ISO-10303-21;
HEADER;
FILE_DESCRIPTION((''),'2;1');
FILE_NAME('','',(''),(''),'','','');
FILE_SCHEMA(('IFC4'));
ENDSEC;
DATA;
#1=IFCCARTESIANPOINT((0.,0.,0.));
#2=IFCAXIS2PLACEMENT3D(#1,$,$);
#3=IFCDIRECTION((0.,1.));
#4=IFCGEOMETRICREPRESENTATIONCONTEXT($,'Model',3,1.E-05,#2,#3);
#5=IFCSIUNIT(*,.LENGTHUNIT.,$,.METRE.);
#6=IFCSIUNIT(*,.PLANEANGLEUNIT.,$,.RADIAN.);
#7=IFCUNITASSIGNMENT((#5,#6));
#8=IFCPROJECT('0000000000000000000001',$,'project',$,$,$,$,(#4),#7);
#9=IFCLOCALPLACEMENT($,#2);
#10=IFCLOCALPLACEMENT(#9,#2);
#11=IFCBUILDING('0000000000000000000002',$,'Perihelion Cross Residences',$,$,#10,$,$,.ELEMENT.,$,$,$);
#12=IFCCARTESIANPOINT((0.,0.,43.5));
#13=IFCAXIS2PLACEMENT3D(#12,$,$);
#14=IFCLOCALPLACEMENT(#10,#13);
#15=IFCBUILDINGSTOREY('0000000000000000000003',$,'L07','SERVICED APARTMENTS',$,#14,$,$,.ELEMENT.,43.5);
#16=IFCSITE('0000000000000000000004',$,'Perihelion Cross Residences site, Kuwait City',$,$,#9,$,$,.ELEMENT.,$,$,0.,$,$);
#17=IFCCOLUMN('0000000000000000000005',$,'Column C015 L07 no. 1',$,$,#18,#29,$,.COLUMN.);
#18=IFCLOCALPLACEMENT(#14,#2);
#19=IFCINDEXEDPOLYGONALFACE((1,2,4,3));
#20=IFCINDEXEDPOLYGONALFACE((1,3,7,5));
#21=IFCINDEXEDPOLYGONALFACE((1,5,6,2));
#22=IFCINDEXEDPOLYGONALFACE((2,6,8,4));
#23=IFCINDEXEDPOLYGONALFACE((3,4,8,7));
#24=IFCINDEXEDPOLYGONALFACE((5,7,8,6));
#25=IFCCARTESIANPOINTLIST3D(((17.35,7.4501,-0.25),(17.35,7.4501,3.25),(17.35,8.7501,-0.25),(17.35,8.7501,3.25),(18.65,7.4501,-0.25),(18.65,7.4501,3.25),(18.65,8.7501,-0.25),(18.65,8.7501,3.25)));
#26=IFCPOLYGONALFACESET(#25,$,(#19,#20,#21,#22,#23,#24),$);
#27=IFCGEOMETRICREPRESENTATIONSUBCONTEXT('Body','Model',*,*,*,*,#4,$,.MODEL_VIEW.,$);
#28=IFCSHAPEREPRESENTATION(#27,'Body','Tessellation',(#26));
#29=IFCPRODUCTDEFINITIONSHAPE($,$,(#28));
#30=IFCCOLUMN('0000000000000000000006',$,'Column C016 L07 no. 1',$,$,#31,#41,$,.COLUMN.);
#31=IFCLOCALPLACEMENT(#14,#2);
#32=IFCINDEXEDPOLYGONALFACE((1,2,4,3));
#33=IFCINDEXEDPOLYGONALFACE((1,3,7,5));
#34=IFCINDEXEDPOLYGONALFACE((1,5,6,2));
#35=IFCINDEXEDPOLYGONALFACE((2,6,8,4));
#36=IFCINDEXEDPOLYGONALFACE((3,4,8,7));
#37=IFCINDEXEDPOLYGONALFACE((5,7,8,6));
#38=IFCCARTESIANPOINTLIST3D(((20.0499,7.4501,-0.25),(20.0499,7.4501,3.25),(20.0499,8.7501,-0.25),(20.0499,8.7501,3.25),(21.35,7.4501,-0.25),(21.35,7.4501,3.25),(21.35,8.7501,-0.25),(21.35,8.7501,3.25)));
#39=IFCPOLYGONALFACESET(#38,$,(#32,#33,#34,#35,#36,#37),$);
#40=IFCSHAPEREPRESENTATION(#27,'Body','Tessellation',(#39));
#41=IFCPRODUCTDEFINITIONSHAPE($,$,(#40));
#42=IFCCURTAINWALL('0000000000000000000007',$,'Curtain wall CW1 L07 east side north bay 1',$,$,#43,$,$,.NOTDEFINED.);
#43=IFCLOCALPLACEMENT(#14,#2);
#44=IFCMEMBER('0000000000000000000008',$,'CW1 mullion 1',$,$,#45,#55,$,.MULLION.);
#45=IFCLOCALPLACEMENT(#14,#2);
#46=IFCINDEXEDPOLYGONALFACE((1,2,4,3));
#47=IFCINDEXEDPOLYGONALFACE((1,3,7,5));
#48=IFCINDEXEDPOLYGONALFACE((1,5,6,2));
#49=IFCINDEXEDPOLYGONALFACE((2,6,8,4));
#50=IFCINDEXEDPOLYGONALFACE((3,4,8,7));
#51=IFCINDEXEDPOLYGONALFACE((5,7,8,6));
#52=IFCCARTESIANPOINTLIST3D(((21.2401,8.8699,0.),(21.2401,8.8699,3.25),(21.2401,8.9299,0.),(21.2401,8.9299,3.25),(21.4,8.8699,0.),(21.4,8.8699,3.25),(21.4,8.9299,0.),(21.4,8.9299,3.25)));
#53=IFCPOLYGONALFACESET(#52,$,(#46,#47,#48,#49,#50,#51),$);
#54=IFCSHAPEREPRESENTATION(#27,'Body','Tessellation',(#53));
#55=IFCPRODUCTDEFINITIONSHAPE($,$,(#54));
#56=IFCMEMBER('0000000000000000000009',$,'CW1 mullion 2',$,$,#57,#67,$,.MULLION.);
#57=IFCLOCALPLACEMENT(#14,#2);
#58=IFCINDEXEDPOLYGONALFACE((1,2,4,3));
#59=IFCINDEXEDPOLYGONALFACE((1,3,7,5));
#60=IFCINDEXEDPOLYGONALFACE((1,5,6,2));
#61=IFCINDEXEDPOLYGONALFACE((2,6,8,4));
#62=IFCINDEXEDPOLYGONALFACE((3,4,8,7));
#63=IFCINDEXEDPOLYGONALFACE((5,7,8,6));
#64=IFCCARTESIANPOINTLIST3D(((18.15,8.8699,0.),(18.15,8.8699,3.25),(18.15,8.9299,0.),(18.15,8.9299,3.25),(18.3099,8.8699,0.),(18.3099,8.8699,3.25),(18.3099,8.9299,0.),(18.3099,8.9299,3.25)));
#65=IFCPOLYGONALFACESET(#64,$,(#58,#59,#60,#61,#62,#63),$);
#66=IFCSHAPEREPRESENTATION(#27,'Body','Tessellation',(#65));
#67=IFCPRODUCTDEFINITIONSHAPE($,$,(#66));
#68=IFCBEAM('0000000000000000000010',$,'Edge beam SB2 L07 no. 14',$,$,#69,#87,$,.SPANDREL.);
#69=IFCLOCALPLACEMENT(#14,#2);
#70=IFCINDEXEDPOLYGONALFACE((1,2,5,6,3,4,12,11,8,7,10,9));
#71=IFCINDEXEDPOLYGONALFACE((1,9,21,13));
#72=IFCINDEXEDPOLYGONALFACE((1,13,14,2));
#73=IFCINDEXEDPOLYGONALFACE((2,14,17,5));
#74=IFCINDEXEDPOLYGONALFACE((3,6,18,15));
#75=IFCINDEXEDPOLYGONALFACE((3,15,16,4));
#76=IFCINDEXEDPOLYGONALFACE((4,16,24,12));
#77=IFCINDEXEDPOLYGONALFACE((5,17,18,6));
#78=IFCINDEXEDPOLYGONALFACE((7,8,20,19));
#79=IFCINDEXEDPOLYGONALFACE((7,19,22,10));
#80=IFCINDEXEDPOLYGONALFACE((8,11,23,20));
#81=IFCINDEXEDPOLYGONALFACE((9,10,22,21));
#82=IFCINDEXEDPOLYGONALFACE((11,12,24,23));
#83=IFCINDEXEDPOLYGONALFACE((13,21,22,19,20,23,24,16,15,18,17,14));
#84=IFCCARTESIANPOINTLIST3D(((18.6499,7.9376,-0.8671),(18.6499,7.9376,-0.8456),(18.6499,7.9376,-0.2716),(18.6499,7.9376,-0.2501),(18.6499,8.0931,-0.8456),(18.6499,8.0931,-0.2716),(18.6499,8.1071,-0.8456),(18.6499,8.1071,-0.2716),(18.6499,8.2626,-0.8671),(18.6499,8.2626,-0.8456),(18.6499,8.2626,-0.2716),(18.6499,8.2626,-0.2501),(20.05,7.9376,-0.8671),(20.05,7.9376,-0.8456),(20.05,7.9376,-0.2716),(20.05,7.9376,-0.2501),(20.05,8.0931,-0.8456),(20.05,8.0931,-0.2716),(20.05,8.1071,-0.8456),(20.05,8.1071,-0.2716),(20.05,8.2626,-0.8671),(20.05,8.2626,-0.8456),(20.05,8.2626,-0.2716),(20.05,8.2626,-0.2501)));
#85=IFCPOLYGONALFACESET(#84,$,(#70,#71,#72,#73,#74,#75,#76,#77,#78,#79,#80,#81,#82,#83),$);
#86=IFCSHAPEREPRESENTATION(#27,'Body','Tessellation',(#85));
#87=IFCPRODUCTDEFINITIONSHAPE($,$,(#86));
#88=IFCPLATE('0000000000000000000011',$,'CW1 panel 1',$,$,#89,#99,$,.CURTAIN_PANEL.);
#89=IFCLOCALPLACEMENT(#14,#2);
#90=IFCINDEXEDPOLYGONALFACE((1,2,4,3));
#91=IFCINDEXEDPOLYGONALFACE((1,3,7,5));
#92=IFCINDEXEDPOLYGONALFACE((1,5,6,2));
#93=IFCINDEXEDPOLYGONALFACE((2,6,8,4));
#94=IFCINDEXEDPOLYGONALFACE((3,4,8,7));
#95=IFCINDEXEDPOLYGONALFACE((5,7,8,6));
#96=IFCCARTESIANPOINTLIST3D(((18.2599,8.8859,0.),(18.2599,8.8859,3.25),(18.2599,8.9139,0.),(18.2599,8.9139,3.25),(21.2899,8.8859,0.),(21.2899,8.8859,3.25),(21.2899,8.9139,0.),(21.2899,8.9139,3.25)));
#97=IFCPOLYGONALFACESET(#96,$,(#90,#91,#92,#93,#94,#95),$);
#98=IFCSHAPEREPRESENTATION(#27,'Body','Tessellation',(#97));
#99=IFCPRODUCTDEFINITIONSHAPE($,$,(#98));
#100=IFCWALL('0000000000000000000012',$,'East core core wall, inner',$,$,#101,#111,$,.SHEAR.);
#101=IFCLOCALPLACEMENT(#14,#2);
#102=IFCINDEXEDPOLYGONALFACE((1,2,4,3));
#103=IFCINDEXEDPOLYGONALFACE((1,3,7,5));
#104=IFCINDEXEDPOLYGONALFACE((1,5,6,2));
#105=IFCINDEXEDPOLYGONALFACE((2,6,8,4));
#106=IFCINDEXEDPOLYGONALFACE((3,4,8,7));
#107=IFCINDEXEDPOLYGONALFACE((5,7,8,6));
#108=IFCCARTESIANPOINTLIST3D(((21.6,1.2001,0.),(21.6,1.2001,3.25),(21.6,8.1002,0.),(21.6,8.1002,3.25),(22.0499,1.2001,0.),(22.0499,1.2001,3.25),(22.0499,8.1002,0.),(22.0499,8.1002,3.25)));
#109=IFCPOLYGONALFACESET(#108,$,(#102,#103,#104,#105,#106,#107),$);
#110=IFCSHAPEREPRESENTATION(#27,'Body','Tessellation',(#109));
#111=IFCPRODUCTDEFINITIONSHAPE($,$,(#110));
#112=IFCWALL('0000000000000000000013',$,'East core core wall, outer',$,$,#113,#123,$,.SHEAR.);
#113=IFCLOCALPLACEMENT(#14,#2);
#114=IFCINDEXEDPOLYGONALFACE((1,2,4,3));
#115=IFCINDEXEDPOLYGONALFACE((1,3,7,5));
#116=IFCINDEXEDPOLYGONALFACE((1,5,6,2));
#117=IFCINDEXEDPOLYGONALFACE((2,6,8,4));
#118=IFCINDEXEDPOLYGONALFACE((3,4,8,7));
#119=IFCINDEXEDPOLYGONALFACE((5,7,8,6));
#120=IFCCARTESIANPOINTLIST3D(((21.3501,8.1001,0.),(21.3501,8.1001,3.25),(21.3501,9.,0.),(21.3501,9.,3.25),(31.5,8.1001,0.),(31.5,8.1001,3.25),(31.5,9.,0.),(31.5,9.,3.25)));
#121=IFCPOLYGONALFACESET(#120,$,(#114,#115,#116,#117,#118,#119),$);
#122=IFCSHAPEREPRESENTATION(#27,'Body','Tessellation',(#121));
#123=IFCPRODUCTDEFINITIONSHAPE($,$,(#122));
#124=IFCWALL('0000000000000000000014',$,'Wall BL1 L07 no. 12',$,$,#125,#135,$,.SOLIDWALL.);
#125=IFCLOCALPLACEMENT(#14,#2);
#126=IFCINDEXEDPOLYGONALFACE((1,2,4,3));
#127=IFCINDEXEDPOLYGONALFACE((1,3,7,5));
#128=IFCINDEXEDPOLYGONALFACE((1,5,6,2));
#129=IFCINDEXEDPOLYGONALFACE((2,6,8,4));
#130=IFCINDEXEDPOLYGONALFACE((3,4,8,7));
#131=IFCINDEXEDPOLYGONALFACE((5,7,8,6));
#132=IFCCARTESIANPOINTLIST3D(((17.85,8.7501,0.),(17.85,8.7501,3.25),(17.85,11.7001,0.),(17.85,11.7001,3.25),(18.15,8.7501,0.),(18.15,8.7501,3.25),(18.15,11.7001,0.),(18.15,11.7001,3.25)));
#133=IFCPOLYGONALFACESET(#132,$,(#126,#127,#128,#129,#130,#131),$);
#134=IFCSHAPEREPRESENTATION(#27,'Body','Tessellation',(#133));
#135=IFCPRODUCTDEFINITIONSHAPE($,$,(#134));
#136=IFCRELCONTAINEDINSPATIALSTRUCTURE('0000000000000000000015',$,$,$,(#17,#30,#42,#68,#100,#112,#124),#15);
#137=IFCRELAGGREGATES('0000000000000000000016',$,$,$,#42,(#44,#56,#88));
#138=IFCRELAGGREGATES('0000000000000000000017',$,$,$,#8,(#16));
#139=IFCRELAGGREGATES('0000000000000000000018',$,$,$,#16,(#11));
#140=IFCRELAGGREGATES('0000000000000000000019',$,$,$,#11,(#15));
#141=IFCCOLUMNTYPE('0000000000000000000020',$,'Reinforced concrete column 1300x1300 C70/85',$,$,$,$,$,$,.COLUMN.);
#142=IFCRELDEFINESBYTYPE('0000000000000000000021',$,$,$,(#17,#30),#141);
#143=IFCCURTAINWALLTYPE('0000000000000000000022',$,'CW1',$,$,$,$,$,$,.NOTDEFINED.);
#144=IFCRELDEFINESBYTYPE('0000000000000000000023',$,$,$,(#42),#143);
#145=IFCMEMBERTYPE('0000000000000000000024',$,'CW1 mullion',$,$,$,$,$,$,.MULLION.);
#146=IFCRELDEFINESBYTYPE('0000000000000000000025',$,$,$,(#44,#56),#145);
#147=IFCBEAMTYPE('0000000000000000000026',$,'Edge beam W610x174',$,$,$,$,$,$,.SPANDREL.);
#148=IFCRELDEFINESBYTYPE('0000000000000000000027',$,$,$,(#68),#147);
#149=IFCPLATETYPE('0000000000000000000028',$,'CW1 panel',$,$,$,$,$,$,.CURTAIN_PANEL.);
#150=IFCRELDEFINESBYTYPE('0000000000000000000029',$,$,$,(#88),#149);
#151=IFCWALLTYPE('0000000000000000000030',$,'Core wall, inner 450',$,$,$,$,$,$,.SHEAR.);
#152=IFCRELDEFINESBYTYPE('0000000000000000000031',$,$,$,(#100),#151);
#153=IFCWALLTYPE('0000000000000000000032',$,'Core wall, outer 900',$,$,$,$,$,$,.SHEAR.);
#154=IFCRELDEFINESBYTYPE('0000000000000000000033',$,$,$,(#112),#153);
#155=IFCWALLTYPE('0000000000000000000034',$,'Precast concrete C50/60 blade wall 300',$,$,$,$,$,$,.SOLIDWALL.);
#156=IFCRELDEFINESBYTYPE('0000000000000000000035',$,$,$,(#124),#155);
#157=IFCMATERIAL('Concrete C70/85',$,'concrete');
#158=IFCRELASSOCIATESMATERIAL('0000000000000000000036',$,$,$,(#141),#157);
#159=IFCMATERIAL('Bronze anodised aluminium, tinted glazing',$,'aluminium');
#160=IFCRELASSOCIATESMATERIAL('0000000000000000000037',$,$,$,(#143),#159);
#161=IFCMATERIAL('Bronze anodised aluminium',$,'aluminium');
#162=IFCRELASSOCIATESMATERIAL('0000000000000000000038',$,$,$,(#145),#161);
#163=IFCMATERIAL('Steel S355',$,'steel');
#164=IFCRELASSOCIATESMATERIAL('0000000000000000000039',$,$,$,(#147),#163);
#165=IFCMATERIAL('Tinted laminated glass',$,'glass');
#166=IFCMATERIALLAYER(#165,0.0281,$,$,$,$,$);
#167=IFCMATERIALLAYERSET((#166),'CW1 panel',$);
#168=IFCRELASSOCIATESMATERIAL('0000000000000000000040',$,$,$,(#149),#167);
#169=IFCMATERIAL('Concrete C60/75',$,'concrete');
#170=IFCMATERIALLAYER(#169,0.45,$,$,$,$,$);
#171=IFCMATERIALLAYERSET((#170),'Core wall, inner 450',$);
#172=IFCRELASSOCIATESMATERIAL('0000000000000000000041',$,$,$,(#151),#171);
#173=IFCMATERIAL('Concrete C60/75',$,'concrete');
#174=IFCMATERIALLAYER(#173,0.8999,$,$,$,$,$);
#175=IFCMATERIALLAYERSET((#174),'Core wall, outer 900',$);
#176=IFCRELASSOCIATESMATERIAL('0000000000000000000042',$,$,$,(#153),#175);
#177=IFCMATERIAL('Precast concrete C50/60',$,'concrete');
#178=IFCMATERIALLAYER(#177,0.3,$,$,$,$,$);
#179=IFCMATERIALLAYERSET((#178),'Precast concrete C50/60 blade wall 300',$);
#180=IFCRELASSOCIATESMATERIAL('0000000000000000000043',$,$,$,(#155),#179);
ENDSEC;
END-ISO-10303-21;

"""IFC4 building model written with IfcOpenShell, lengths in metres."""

from ifc_helpers import new_model, si_unit, direction, frame, frame_2d, origin, origin_2d, place, context, subcontext, project, spatial, rectangle, i_section, extrude, material, layer, layer_set, material_profile, profile_set, type_object, element, aggregate, save


model = new_model("IFC4")

# Units and contexts
model_context = context("Model", 3, precision=1e-05, world=origin(), true_north=direction((0.0, 1.0)))
body_context = subcontext(model_context, "Body", "Model", "MODEL_VIEW")
ifc_project = project(units=[si_unit("LENGTHUNIT", "METRE"), si_unit("PLANEANGLEUNIT", "RADIAN")], contexts=[model_context])

# Site, building, storey
site_placement = place(None, origin())
site = spatial("IfcSite", under=ifc_project, at=site_placement, Name="Perihelion Cross Residences site, Kuwait City", CompositionType="ELEMENT", RefElevation=0.0)
building_placement = place(site_placement, origin())
building = spatial("IfcBuilding", under=site, at=building_placement, Name="Perihelion Cross Residences", CompositionType="ELEMENT")
storey_placement = place(building_placement, frame((0.0, 0.0, 43.5)))
storey = spatial("IfcBuildingStorey", under=building, at=storey_placement, Name="L07", Description="SERVICED APARTMENTS", CompositionType="ELEMENT", Elevation=43.5)

# Columns
ifc_material_1 = material(Name="Concrete C70/85", Category="concrete")
ifc_material_profile_1 = material_profile(ifc_material_1, rectangle(XDim=1.3, YDim=1.3, at=origin_2d()), Name="RC 1300x1300")
ifc_profile_set_1 = profile_set([ifc_material_profile_1], Name="Concrete C70/85")
column_type = type_object("IfcColumnType", Name="Reinforced concrete column 1300x1300 C70/85", PredefinedType="COLUMN", material=ifc_profile_set_1)
for number, where, z_axis, x_axis, name in (
    (1, (18.0, 8.1001, -0.25), (0.0, 0.0, 1.0), (1.0, 0.0, 0.0), "Column C015 L07 no. 1"),
    (2, (20.7, 8.1001, -0.25), (0.0, 0.0, 1.0), (1.0, 0.0, 0.0), "Column C016 L07 no. 1"),
):
    element("IfcColumn", number, at=place(storey_placement, frame(where, z_axis=z_axis, x_axis=x_axis)), inside=storey, type_object=column_type, Name=name, PredefinedType="COLUMN", context=body_context, shape_type="SweptSolid", body=[
        extrude(rectangle(XDim=1.3, YDim=1.3, at=origin_2d()), origin(), (0.0, 0.0, 1.0), 3.5),
    ])

# Curtain wall, members
ifc_material_2 = material(Name="Bronze anodised aluminium, tinted glazing", Category="aluminium")
curtain_wall_type = type_object("IfcCurtainWallType", Name="CW1", PredefinedType="NOTDEFINED", material=ifc_material_2)
curtain_wall_placement = place(storey_placement, origin())
curtain_wall = element("IfcCurtainWall", 3, at=curtain_wall_placement, inside=storey, type_object=curtain_wall_type, Name="Curtain wall CW1 L07 east side north bay 1", PredefinedType="NOTDEFINED")
ifc_material_3 = material(Name="Bronze anodised aluminium", Category="aluminium")
ifc_material_profile_2 = material_profile(ifc_material_3, rectangle(XDim=0.0601, YDim=0.1599, at=origin_2d()), Name="CW1 mullion")
ifc_profile_set_2 = profile_set([ifc_material_profile_2], Name="Bronze anodised aluminium")
member_type = type_object("IfcMemberType", Name="CW1 mullion", PredefinedType="MULLION", material=ifc_profile_set_2)
member_1_placement = place(storey_placement, frame((21.3201, 8.8999, 0.0), z_axis=(0.0, 0.0, 1.0), x_axis=(0.0, -1.0, 0.0)))
member_1 = element("IfcMember", 4, at=member_1_placement, type_object=member_type, Name="CW1 mullion 1", PredefinedType="MULLION", context=body_context, shape_type="SweptSolid", body=[
    extrude(rectangle(XDim=0.0601, YDim=0.1599, at=origin_2d()), origin(), (0.0, 0.0, 1.0), 3.25),
])
member_2_placement = place(storey_placement, frame((18.23, 8.8999, 0.0), z_axis=(0.0, 0.0, 1.0), x_axis=(0.0, -1.0, 0.0)))
member_2 = element("IfcMember", 5, at=member_2_placement, type_object=member_type, Name="CW1 mullion 2", PredefinedType="MULLION", context=body_context, shape_type="SweptSolid", body=[
    extrude(rectangle(XDim=0.0601, YDim=0.1599, at=origin_2d()), origin(), (0.0, 0.0, 1.0), 3.25),
])

# Beam
ifc_material_4 = material(Name="Steel S355", Category="steel")
ifc_material_profile_3 = material_profile(ifc_material_4, i_section(OverallWidth=0.325, OverallDepth=0.6169, WebThickness=0.0139, FlangeThickness=0.0215, at=origin_2d()), Name="W610x174")
ifc_profile_set_3 = profile_set([ifc_material_profile_3], Name="Steel S355")
beam_type = type_object("IfcBeamType", Name="Edge beam W610x174", PredefinedType="SPANDREL", material=ifc_profile_set_3)
beam_placement = place(storey_placement, frame((20.05, 8.1001, -0.5586), z_axis=(-1.0, 0.0, 0.0), x_axis=(0.0, -1.0, 0.0)))
element("IfcBeam", 6, at=beam_placement, inside=storey, type_object=beam_type, Name="Edge beam SB2 L07 no. 14", PredefinedType="SPANDREL", context=body_context, shape_type="SweptSolid", body=[
    extrude(i_section(OverallWidth=0.325, OverallDepth=0.6169, WebThickness=0.0139, FlangeThickness=0.0215, at=origin_2d()), origin(), (0.0, 0.0, 1.0), 1.4001),
])

# Plate
ifc_material_5 = material(Name="Tinted laminated glass", Category="glass")
ifc_layer_1 = layer(ifc_material_5, 0.0281)
ifc_layer_set_1 = layer_set([ifc_layer_1], Name="CW1 panel")
plate_type = type_object("IfcPlateType", Name="CW1 panel", PredefinedType="CURTAIN_PANEL", material=ifc_layer_set_1)
plate_placement = place(storey_placement, frame((19.7749, 8.8999, 0.0), z_axis=(0.0, 0.0, 1.0), x_axis=(-1.0, 0.0, 0.0)))
plate = element("IfcPlate", 7, at=plate_placement, type_object=plate_type, Name="CW1 panel 1", PredefinedType="CURTAIN_PANEL", context=body_context, shape_type="SweptSolid", body=[
    extrude(rectangle(XDim=3.03, YDim=0.0281, at=origin_2d()), origin(), (0.0, 0.0, 1.0), 3.25),
])
aggregate(curtain_wall, [member_1, member_2, plate])

# Walls
ifc_material_6 = material(Name="Concrete C60/75", Category="concrete")
ifc_layer_2 = layer(ifc_material_6, 0.45)
ifc_layer_set_2 = layer_set([ifc_layer_2], Name="Core wall, inner 450")
wall_type_1 = type_object("IfcWallType", Name="Core wall, inner 450", PredefinedType="SHEAR", material=ifc_layer_set_2)
wall_1_placement = place(storey_placement, frame((21.825, 1.2, 0.0), z_axis=(0.0, 0.0, 1.0), x_axis=(0.0, 1.0, 0.0)))
element("IfcWall", 8, at=wall_1_placement, inside=storey, type_object=wall_type_1, Name="East core core wall, inner", PredefinedType="SHEAR", context=body_context, shape_type="SweptSolid", body=[
    extrude(rectangle(XDim=6.9001, YDim=0.45, at=frame_2d((3.4502, 0.0))), origin(), (0.0, 0.0, 1.0), 3.25),
])
ifc_material_7 = material(Name="Concrete C60/75", Category="concrete")
ifc_layer_3 = layer(ifc_material_7, 0.8999)
ifc_layer_set_3 = layer_set([ifc_layer_3], Name="Core wall, outer 900")
wall_type_2 = type_object("IfcWallType", Name="Core wall, outer 900", PredefinedType="SHEAR", material=ifc_layer_set_3)
wall_2_placement = place(storey_placement, frame((21.3501, 8.55, 0.0), z_axis=(0.0, 0.0, 1.0), x_axis=(1.0, 0.0, 0.0)))
element("IfcWall", 9, at=wall_2_placement, inside=storey, type_object=wall_type_2, Name="East core core wall, outer", PredefinedType="SHEAR", context=body_context, shape_type="SweptSolid", body=[
    extrude(rectangle(XDim=10.1499, YDim=0.8999, at=frame_2d((5.075, 0.0))), origin(), (0.0, 0.0, 1.0), 3.25),
])
ifc_material_8 = material(Name="Precast concrete C50/60", Category="concrete")
ifc_layer_4 = layer(ifc_material_8, 0.3)
ifc_layer_set_4 = layer_set([ifc_layer_4], Name="Precast concrete C50/60 blade wall 300")
wall_type_3 = type_object("IfcWallType", Name="Precast concrete C50/60 blade wall 300", PredefinedType="SOLIDWALL", material=ifc_layer_set_4)
wall_3_placement = place(storey_placement, frame((18.0, 8.75, 0.0), z_axis=(0.0, 0.0, 1.0), x_axis=(0.0, 1.0, 0.0)))
element("IfcWall", 10, at=wall_3_placement, inside=storey, type_object=wall_type_3, Name="Wall BL1 L07 no. 12", PredefinedType="SOLIDWALL", context=body_context, shape_type="SweptSolid", body=[
    extrude(rectangle(XDim=2.95, YDim=0.3, at=frame_2d((1.4751, 0.0))), origin(), (0.0, 0.0, 1.0), 3.25),
])

save(model, "model.ifc")
